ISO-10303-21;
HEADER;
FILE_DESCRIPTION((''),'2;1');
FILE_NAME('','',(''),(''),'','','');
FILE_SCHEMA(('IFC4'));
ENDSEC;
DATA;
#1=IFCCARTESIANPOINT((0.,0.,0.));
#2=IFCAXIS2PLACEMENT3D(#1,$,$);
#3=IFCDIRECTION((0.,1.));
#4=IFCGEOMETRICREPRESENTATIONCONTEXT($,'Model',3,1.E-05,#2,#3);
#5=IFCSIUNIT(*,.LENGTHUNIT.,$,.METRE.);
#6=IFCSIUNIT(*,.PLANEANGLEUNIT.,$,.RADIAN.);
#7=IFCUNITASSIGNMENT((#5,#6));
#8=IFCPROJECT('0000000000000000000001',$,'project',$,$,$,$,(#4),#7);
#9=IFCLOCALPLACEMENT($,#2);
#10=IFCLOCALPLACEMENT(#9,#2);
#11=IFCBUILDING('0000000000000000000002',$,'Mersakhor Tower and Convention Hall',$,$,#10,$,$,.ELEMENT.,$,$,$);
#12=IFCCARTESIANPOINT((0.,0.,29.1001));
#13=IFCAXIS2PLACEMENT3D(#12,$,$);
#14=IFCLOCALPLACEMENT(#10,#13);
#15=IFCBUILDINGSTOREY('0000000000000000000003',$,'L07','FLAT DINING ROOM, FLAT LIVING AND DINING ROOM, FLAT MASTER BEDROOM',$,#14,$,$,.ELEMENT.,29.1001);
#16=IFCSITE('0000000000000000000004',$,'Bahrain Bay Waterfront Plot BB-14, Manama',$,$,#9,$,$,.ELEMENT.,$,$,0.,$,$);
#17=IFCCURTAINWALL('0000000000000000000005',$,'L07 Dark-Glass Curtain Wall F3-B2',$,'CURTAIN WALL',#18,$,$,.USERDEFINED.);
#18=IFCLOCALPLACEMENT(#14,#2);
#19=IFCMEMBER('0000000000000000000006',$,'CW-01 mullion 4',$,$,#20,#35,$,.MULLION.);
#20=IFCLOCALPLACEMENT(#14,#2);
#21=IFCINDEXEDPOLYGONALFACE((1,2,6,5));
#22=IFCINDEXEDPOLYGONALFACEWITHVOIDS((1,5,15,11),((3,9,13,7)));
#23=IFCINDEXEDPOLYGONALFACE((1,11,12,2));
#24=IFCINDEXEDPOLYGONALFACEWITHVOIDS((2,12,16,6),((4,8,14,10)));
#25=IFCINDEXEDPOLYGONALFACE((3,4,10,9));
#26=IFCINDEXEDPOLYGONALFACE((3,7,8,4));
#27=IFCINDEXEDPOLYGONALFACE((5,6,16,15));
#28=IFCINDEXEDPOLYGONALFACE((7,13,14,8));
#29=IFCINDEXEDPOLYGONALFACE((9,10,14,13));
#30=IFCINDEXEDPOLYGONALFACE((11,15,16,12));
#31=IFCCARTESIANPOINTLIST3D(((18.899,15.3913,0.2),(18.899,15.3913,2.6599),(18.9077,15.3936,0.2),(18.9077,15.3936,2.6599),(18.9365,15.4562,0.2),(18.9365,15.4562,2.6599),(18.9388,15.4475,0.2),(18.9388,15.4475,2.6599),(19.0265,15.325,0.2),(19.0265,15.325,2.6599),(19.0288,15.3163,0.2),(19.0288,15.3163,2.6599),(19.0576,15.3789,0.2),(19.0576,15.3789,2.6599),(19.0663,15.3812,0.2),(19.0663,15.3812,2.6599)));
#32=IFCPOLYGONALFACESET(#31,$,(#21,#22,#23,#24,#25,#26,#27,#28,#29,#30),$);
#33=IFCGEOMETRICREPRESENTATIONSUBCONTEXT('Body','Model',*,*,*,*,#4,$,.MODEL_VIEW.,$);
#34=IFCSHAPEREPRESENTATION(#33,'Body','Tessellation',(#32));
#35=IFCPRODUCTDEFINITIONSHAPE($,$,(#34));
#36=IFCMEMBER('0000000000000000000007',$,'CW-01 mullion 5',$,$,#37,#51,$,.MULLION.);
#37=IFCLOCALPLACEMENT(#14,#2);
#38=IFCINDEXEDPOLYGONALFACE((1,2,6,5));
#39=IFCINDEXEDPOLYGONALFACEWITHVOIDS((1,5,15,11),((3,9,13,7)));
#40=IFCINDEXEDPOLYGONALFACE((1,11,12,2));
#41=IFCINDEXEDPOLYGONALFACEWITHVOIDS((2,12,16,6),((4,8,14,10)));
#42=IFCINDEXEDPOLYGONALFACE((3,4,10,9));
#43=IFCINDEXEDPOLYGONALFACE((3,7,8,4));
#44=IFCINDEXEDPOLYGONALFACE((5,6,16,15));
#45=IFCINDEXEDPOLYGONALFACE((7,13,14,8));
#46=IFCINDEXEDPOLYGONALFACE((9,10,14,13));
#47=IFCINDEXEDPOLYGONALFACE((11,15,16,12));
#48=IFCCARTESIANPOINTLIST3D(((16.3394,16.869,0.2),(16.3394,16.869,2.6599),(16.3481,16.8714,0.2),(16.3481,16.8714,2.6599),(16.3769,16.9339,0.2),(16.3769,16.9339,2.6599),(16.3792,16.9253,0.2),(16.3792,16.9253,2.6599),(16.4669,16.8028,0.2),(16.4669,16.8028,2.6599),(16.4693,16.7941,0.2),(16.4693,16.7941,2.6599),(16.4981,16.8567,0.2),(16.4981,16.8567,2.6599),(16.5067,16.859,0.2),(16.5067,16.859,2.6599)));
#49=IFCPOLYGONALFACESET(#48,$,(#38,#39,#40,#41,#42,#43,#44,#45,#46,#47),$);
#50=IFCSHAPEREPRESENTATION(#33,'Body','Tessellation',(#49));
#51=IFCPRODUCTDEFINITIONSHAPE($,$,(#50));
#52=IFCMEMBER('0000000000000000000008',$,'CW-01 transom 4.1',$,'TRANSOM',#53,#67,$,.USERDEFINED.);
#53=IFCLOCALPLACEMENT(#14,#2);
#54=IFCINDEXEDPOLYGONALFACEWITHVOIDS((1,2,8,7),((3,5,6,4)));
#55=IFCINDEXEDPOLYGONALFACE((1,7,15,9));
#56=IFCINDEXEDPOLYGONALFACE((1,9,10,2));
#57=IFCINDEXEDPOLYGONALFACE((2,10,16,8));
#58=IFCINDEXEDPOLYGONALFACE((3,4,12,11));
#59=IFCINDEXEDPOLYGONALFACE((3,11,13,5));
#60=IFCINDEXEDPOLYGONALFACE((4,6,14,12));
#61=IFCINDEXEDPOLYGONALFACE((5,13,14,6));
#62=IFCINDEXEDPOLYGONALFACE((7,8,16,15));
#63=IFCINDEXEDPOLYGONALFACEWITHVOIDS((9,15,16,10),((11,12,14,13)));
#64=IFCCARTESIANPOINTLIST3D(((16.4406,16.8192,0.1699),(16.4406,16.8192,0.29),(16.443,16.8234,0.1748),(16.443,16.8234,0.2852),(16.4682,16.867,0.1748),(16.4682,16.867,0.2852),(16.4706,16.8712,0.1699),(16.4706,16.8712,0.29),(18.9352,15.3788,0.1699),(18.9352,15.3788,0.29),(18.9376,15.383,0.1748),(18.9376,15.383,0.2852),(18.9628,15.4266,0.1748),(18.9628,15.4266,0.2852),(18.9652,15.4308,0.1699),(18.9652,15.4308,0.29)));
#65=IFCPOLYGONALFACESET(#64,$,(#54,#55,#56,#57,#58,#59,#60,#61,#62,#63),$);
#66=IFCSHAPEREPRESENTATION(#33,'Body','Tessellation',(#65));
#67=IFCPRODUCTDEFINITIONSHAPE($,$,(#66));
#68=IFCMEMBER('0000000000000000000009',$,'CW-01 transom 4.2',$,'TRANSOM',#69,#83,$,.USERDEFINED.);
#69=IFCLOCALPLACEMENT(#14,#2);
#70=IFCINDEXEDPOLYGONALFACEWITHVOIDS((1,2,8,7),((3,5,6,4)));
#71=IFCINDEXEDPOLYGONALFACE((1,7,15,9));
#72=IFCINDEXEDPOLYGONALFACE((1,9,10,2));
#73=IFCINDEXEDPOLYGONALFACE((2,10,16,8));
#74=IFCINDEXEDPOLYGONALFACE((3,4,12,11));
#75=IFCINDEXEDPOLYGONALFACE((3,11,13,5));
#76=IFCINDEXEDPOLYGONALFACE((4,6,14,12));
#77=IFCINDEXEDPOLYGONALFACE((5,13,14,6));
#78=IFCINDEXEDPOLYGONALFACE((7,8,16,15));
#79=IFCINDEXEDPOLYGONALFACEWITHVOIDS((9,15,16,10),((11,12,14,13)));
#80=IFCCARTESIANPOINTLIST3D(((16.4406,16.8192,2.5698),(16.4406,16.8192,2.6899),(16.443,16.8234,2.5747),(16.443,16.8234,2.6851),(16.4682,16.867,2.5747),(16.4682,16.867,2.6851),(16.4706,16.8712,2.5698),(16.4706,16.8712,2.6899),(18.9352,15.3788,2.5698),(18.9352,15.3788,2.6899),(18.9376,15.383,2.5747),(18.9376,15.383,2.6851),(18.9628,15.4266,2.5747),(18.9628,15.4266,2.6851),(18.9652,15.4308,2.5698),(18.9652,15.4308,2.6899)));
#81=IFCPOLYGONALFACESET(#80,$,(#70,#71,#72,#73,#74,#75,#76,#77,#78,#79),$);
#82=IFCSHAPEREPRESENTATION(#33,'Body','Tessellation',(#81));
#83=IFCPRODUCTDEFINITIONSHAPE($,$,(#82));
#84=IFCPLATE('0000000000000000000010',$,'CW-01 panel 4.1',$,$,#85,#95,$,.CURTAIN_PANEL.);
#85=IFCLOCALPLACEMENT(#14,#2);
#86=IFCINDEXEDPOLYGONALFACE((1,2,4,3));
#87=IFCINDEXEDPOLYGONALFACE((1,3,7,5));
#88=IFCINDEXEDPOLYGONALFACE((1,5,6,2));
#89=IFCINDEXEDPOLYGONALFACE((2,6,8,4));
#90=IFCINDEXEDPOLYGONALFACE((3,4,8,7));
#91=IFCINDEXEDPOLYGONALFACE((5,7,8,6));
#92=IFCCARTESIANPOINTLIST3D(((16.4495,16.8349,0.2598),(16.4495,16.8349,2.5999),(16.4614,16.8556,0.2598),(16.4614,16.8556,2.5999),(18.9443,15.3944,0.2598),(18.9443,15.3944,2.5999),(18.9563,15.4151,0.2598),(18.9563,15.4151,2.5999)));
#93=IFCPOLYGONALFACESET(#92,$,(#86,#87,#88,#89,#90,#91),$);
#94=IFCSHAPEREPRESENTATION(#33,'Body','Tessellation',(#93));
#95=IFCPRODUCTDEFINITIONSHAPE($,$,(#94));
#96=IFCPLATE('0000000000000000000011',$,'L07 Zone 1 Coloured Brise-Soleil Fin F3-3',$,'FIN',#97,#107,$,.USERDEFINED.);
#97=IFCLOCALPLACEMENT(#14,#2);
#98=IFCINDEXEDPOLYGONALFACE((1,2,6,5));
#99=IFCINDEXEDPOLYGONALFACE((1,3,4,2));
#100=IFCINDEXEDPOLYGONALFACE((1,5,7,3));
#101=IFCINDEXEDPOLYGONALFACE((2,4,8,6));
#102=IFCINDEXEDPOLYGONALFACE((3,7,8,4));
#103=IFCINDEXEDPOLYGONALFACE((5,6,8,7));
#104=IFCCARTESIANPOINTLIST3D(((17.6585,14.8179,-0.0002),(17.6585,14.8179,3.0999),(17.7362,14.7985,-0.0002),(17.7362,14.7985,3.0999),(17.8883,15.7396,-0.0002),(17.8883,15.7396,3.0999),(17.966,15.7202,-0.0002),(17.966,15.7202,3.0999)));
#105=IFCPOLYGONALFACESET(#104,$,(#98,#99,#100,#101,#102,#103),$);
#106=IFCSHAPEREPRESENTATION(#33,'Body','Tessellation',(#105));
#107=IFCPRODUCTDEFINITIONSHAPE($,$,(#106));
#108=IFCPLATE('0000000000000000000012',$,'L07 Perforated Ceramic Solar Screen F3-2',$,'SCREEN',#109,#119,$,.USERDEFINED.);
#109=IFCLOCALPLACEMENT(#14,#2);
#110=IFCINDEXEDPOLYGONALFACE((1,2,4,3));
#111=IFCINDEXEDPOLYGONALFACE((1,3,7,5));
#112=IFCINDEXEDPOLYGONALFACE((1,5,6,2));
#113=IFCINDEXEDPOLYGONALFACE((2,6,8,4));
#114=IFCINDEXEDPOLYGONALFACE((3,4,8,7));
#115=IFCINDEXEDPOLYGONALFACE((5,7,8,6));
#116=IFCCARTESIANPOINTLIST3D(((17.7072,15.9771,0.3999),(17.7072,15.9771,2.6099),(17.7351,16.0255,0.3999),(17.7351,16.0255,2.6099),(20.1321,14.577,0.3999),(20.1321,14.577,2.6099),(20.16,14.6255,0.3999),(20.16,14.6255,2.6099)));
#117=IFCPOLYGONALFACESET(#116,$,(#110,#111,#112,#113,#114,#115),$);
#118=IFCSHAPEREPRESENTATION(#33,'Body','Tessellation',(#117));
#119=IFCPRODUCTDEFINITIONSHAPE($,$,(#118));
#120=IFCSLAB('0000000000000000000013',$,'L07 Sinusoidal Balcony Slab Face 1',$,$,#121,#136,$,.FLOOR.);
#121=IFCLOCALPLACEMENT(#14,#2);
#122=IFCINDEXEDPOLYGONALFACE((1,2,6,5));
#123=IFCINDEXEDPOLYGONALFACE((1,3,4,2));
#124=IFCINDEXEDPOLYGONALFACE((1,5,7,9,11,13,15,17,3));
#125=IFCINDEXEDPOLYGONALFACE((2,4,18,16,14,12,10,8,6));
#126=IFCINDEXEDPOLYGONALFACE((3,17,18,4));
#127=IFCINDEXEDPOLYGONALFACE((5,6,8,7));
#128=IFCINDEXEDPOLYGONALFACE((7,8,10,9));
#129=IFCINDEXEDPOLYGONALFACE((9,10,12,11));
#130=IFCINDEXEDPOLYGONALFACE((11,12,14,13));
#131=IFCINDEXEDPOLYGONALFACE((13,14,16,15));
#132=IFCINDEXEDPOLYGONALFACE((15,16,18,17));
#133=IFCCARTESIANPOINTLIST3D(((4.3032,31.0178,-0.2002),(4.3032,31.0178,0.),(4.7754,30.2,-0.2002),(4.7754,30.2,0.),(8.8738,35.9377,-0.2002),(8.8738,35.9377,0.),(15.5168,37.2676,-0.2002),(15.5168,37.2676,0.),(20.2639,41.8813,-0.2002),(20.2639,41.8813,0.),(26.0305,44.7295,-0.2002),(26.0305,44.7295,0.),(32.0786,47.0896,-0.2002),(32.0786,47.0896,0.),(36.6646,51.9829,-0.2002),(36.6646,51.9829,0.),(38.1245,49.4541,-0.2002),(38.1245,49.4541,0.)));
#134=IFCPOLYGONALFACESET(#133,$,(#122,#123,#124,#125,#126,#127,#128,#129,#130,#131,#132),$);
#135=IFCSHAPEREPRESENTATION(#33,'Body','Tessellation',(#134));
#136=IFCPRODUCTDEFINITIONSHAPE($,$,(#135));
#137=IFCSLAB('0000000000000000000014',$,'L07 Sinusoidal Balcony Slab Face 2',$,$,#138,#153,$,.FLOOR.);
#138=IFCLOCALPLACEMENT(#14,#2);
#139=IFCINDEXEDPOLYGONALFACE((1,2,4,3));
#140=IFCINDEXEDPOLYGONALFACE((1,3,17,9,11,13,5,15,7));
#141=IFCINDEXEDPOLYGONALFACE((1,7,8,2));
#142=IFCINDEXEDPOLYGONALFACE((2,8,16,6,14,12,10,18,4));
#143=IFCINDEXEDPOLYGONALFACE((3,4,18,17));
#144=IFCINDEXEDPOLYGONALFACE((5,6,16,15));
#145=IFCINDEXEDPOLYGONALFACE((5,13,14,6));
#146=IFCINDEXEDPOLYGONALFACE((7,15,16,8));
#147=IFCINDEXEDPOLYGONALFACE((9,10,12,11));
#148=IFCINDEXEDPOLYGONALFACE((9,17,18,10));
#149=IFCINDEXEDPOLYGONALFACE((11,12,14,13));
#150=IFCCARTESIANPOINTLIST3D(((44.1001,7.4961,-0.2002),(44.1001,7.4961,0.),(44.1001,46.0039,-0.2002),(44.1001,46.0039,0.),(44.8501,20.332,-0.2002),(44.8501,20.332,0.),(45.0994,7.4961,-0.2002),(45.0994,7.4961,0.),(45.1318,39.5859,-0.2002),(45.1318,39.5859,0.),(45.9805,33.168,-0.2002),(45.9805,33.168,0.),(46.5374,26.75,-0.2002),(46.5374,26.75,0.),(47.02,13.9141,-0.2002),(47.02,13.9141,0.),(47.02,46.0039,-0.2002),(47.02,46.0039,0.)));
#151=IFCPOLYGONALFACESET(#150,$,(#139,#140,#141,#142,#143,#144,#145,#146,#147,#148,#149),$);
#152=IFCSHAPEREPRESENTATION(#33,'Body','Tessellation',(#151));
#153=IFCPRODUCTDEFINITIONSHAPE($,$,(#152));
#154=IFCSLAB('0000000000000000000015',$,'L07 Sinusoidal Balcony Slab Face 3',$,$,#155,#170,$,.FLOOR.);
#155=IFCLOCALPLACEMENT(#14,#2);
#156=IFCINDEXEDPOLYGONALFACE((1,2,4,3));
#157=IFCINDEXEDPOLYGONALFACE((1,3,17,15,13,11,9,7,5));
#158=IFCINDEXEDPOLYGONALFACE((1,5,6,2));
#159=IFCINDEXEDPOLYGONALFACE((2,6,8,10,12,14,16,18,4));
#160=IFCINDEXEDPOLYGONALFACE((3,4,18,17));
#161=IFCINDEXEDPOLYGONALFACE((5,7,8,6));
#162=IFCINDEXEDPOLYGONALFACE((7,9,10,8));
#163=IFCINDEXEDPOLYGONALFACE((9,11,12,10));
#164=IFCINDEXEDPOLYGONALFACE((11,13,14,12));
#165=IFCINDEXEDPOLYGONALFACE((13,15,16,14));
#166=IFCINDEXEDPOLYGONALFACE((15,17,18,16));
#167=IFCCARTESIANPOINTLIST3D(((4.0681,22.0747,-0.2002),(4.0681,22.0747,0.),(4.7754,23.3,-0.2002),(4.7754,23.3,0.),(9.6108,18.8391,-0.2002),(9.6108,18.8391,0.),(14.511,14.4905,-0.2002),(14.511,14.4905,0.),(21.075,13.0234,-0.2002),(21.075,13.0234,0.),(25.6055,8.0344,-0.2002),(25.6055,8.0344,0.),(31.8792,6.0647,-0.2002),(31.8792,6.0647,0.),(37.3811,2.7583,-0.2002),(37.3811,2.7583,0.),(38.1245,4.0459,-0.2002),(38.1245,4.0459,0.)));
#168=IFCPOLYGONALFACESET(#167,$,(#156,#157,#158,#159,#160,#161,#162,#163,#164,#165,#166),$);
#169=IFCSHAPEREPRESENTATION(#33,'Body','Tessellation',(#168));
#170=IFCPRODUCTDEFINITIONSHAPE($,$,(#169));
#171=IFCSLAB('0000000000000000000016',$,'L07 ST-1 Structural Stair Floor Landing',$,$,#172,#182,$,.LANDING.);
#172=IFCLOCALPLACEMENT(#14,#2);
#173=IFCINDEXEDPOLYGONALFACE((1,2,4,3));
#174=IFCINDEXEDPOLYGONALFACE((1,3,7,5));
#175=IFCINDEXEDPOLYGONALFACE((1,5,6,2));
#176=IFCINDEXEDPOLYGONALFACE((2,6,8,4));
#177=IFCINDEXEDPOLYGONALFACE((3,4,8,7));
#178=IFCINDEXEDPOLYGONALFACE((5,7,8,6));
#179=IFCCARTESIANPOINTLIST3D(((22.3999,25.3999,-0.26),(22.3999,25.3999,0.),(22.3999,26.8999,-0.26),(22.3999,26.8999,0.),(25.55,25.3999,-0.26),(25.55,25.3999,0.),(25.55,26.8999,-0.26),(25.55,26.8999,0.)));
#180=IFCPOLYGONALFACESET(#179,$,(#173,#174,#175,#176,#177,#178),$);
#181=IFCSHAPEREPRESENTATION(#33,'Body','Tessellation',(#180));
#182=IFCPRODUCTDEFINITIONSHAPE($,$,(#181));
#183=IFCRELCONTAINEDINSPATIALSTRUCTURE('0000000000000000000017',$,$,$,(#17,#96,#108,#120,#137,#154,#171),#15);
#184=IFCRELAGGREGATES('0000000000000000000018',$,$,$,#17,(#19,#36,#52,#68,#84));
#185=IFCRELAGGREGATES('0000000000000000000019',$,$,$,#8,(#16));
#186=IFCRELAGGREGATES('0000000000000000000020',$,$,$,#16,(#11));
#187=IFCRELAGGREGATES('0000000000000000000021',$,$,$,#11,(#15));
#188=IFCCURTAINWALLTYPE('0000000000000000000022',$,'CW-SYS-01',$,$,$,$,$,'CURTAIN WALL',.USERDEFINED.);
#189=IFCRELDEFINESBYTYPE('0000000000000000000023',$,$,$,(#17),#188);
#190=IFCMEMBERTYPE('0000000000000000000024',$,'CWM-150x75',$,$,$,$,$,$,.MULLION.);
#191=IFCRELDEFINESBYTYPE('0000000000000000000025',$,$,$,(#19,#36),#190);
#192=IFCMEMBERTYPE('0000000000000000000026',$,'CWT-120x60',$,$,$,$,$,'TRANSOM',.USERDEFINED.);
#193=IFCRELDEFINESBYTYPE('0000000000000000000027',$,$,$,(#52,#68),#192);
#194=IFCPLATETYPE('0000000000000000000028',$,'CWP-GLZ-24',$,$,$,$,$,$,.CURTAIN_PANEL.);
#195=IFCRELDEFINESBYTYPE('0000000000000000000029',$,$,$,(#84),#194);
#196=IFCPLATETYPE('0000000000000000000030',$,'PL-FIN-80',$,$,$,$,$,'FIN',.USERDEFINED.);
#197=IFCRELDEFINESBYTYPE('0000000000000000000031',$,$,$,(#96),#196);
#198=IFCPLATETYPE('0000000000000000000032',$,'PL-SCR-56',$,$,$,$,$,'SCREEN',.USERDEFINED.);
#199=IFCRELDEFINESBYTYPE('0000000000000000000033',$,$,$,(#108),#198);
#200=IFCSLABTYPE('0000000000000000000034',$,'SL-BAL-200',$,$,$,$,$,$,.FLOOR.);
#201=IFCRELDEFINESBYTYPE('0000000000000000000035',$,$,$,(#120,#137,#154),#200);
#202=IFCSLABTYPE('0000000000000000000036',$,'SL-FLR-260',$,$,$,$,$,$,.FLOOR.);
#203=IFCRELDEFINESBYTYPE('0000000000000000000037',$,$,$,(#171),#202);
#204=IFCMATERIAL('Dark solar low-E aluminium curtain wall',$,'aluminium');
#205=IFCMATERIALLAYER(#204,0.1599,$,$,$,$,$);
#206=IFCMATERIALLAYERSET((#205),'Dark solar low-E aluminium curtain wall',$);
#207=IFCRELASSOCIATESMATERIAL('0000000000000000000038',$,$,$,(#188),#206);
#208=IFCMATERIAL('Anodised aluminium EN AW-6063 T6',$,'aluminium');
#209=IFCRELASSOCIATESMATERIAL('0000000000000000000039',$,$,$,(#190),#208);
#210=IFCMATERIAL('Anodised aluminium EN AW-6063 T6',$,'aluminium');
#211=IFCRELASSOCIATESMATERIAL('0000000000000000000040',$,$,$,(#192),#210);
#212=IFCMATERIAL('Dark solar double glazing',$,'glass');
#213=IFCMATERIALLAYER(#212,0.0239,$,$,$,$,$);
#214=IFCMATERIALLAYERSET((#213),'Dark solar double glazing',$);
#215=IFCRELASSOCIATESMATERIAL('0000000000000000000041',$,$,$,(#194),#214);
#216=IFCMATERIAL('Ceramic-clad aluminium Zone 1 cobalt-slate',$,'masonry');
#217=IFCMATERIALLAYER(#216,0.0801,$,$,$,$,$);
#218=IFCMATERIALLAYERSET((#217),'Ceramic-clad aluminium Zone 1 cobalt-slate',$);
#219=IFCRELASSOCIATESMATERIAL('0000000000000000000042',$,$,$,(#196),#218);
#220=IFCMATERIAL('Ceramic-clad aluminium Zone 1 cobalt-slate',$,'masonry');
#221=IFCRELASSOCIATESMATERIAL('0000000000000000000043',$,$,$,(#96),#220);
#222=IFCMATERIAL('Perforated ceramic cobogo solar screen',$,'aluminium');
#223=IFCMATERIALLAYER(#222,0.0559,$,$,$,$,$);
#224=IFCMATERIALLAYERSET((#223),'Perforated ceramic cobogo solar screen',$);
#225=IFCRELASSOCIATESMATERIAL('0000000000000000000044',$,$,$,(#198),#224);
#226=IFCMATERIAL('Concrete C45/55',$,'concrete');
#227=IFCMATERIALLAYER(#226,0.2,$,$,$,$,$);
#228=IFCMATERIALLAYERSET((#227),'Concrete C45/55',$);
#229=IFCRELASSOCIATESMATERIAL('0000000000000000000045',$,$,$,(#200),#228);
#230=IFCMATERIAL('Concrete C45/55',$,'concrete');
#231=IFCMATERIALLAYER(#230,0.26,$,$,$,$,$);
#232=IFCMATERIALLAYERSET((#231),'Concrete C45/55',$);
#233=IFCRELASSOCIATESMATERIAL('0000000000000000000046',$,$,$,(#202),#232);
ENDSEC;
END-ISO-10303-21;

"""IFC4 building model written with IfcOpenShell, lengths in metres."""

from ifc_helpers import new_model, si_unit, direction, frame, origin, origin_2d, place, context, subcontext, project, spatial, polyline, rectangle, hollow_rectangle, outline, extrude, material, layer, layer_set, material_profile, profile_set, type_object, element, aggregate, save


model = new_model("IFC4")

# Units and contexts
model_context = context("Model", 3, precision=1e-05, world=origin(), true_north=direction((0.0, 1.0)))
body_context = subcontext(model_context, "Body", "Model", "MODEL_VIEW")
ifc_project = project(units=[si_unit("LENGTHUNIT", "METRE"), si_unit("PLANEANGLEUNIT", "RADIAN")], contexts=[model_context])

# Site, building, storey
site_placement = place(None, origin())
site = spatial("IfcSite", under=ifc_project, at=site_placement, Name="Bahrain Bay Waterfront Plot BB-14, Manama", CompositionType="ELEMENT", RefElevation=0.0)
building_placement = place(site_placement, origin())
building = spatial("IfcBuilding", under=site, at=building_placement, Name="Mersakhor Tower and Convention Hall", CompositionType="ELEMENT")
storey_placement = place(building_placement, frame((0.0, 0.0, 29.1001)))
storey = spatial("IfcBuildingStorey", under=building, at=storey_placement, Name="L07", Description="FLAT DINING ROOM, FLAT LIVING AND DINING ROOM, FLAT MASTER BEDROOM", CompositionType="ELEMENT", Elevation=29.1001)

# Curtain wall, members, plate
ifc_material_1 = material(Name="Dark solar low-E aluminium curtain wall", Category="aluminium")
ifc_layer_1 = layer(ifc_material_1, 0.1599)
ifc_layer_set_1 = layer_set([ifc_layer_1], Name="Dark solar low-E aluminium curtain wall")
curtain_wall_type = type_object("IfcCurtainWallType", Name="CW-SYS-01", ElementType="CURTAIN WALL", PredefinedType="USERDEFINED", material=ifc_layer_set_1)
curtain_wall_placement = place(storey_placement, origin())
curtain_wall = element("IfcCurtainWall", 1, at=curtain_wall_placement, inside=storey, type_object=curtain_wall_type, Name="L07 Dark-Glass Curtain Wall F3-B2", ObjectType="CURTAIN WALL", PredefinedType="USERDEFINED")
ifc_material_2 = material(Name="Anodised aluminium EN AW-6063 T6", Category="aluminium")
ifc_material_profile_1 = material_profile(ifc_material_2, hollow_rectangle(XDim=0.075, YDim=0.1499, WallThickness=0.0063, at=origin_2d()), Name="RHS 150x75x6.3")
ifc_profile_set_1 = profile_set([ifc_material_profile_1], Name="Anodised aluminium EN AW-6063 T6")
member_type_1 = type_object("IfcMemberType", Name="CWM-150x75", PredefinedType="MULLION", material=ifc_profile_set_1)
member_1_placement = place(storey_placement, frame((18.9827, 15.3862, 0.2), z_axis=(0.0, 0.0, 1.0), x_axis=(-0.500003, -0.866023, 0.0)))
member_1 = element("IfcMember", 2, at=member_1_placement, type_object=member_type_1, Name="CW-01 mullion 4", PredefinedType="MULLION", context=body_context, shape_type="SweptSolid", body=[
    extrude(hollow_rectangle(XDim=0.075, YDim=0.1499, WallThickness=0.0063, at=origin_2d()), origin(), (0.0, 0.0, 1.0), 2.46),
])
member_2_placement = place(storey_placement, frame((16.4231, 16.864, 0.2), z_axis=(0.0, 0.0, 1.0), x_axis=(-0.500003, -0.866023, 0.0)))
member_2 = element("IfcMember", 3, at=member_2_placement, type_object=member_type_1, Name="CW-01 mullion 5", PredefinedType="MULLION", context=body_context, shape_type="SweptSolid", body=[
    extrude(hollow_rectangle(XDim=0.075, YDim=0.1499, WallThickness=0.0063, at=origin_2d()), origin(), (0.0, 0.0, 1.0), 2.46),
])
ifc_material_3 = material(Name="Anodised aluminium EN AW-6063 T6", Category="aluminium")
ifc_material_profile_2 = material_profile(ifc_material_3, hollow_rectangle(XDim=0.0601, YDim=0.1201, WallThickness=0.0049, at=origin_2d()), Name="RHS 120x60x5")
ifc_profile_set_2 = profile_set([ifc_material_profile_2], Name="Anodised aluminium EN AW-6063 T6")
member_type_2 = type_object("IfcMemberType", Name="CWT-120x60", ElementType="TRANSOM", PredefinedType="USERDEFINED", material=ifc_profile_set_2)
member_3_placement = place(storey_placement, frame((18.9502, 15.4048, 0.23), z_axis=(-0.866002, 0.50004, 0.0), x_axis=(-0.50004, -0.866002, 0.0)))
member_3 = element("IfcMember", 4, at=member_3_placement, type_object=member_type_2, Name="CW-01 transom 4.1", ObjectType="TRANSOM", PredefinedType="USERDEFINED", context=body_context, shape_type="SweptSolid", body=[
    extrude(hollow_rectangle(XDim=0.0601, YDim=0.1201, WallThickness=0.0049, at=origin_2d()), origin(), (0.0, 0.0, 1.0), 2.8806),
])
member_4_placement = place(storey_placement, frame((18.9502, 15.4048, 2.6299), z_axis=(-0.866002, 0.50004, 0.0), x_axis=(-0.50004, -0.866002, 0.0)))
member_4 = element("IfcMember", 5, at=member_4_placement, type_object=member_type_2, Name="CW-01 transom 4.2", ObjectType="TRANSOM", PredefinedType="USERDEFINED", context=body_context, shape_type="SweptSolid", body=[
    extrude(hollow_rectangle(XDim=0.0601, YDim=0.1201, WallThickness=0.0049, at=origin_2d()), origin(), (0.0, 0.0, 1.0), 2.8806),
])
ifc_material_4 = material(Name="Dark solar double glazing", Category="glass")
ifc_layer_2 = layer(ifc_material_4, 0.0239)
ifc_layer_set_2 = layer_set([ifc_layer_2], Name="Dark solar double glazing")
plate_type_1 = type_object("IfcPlateType", Name="CWP-GLZ-24", PredefinedType="CURTAIN_PANEL", material=ifc_layer_set_2)
plate_1_placement = place(storey_placement, frame((17.7029, 16.125, 0.2598), z_axis=(0.0, 0.0, 1.0), x_axis=(-0.866023, 0.500003, 0.0)))
plate_1 = element("IfcPlate", 6, at=plate_1_placement, type_object=plate_type_1, Name="CW-01 panel 4.1", PredefinedType="CURTAIN_PANEL", context=body_context, shape_type="SweptSolid", body=[
    extrude(rectangle(XDim=2.8809, YDim=0.0239, at=origin_2d()), origin(), (0.0, 0.0, 1.0), 2.3401),
])
aggregate(curtain_wall, [member_1, member_2, member_3, member_4, plate_1])

# Plates
ifc_material_5 = material(Name="Ceramic-clad aluminium Zone 1 cobalt-slate", Category="masonry")
ifc_material_6 = material(Name="Ceramic-clad aluminium Zone 1 cobalt-slate", Category="masonry")
ifc_layer_3 = layer(ifc_material_6, 0.0801)
ifc_layer_set_3 = layer_set([ifc_layer_3], Name="Ceramic-clad aluminium Zone 1 cobalt-slate")
plate_type_2 = type_object("IfcPlateType", Name="PL-FIN-80", ElementType="FIN", PredefinedType="USERDEFINED", material=ifc_layer_set_3)
plate_2_placement = place(storey_placement, frame((17.8123, 15.269, -0.0002), z_axis=(0.0, 0.0, 1.0), x_axis=(-0.241922, -0.970296, 0.0)))
element("IfcPlate", 7, at=plate_2_placement, inside=storey, type_object=plate_type_2, material=ifc_material_5, Name="L07 Zone 1 Coloured Brise-Soleil Fin F3-3", ObjectType="FIN", PredefinedType="USERDEFINED", context=body_context, shape_type="SweptSolid", body=[
    extrude(rectangle(XDim=0.95, YDim=0.0801, at=origin_2d()), origin(), (0.0, 0.0, 1.0), 3.1001),
])
ifc_material_7 = material(Name="Perforated ceramic cobogo solar screen", Category="aluminium")
ifc_layer_4 = layer(ifc_material_7, 0.0559)
ifc_layer_set_4 = layer_set([ifc_layer_4], Name="Perforated ceramic cobogo solar screen")
plate_type_3 = type_object("IfcPlateType", Name="PL-SCR-56", ElementType="SCREEN", PredefinedType="USERDEFINED", material=ifc_layer_set_4)
plate_3_placement = place(storey_placement, frame((18.9336, 15.3013, 0.3999), z_axis=(0.0, 0.0, 1.0), x_axis=(-0.866025, 0.5, 0.0)))
element("IfcPlate", 8, at=plate_3_placement, inside=storey, type_object=plate_type_3, Name="L07 Perforated Ceramic Solar Screen F3-2", ObjectType="SCREEN", PredefinedType="USERDEFINED", context=body_context, shape_type="SweptSolid", body=[
    extrude(rectangle(XDim=2.8, YDim=0.0559, at=origin_2d()), origin(), (0.0, 0.0, 1.0), 2.21),
])

# Slabs
ifc_material_8 = material(Name="Concrete C45/55", Category="concrete")
ifc_layer_5 = layer(ifc_material_8, 0.2)
ifc_layer_set_5 = layer_set([ifc_layer_5], Name="Concrete C45/55")
slab_type_1 = type_object("IfcSlabType", Name="SL-BAL-200", PredefinedType="FLOOR", material=ifc_layer_set_5)
slab_1_placement = place(storey_placement, frame((0.0, 0.0, -0.2002)))
element("IfcSlab", 9, at=slab_1_placement, inside=storey, type_object=slab_type_1, Name="L07 Sinusoidal Balcony Slab Face 1", PredefinedType="FLOOR", context=body_context, shape_type="SweptSolid", body=[
    extrude(outline(polyline([(4.7754, 30.2), (38.1245, 49.4541), (36.6646, 51.9829), (32.0786, 47.0896), (26.0305, 44.7295), (20.2639, 41.8813), (15.5168, 37.2676), (8.8738, 35.9377), (4.3032, 31.0178), (4.7754, 30.2)])), origin(), (0.0, 0.0, 1.0), 0.2002),
])
slab_2_placement = place(storey_placement, frame((0.0, 0.0, -0.2002)))
element("IfcSlab", 10, at=slab_2_placement, inside=storey, type_object=slab_type_1, Name="L07 Sinusoidal Balcony Slab Face 2", PredefinedType="FLOOR", context=body_context, shape_type="SweptSolid", body=[
    extrude(outline(polyline([(44.1001, 46.0039), (44.1001, 7.4961), (45.0994, 7.4961), (47.02, 13.9141), (44.8501, 20.332), (46.5374, 26.75), (45.9805, 33.168), (45.1318, 39.5859), (47.02, 46.0039), (44.1001, 46.0039)])), origin(), (0.0, 0.0, 1.0), 0.2002),
])
slab_3_placement = place(storey_placement, frame((0.0, 0.0, -0.2002)))
element("IfcSlab", 11, at=slab_3_placement, inside=storey, type_object=slab_type_1, Name="L07 Sinusoidal Balcony Slab Face 3", PredefinedType="FLOOR", context=body_context, shape_type="SweptSolid", body=[
    extrude(outline(polyline([(38.1245, 4.0459), (4.7754, 23.3), (4.0681, 22.0747), (9.6108, 18.8391), (14.511, 14.4905), (21.075, 13.0234), (25.6055, 8.0344), (31.8792, 6.0647), (37.3811, 2.7583), (38.1245, 4.0459)])), origin(), (0.0, 0.0, 1.0), 0.2002),
])
ifc_material_9 = material(Name="Concrete C45/55", Category="concrete")
ifc_layer_6 = layer(ifc_material_9, 0.26)
ifc_layer_set_6 = layer_set([ifc_layer_6], Name="Concrete C45/55")
slab_type_2 = type_object("IfcSlabType", Name="SL-FLR-260", PredefinedType="FLOOR", material=ifc_layer_set_6)
slab_4_placement = place(storey_placement, frame((0.0, 0.0, -0.26)))
element("IfcSlab", 12, at=slab_4_placement, inside=storey, type_object=slab_type_2, Name="L07 ST-1 Structural Stair Floor Landing", PredefinedType="LANDING", context=body_context, shape_type="SweptSolid", body=[
    extrude(outline(polyline([(25.55, 25.3999), (25.55, 26.8999), (22.3999, 26.8999), (22.3999, 25.3999), (25.55, 25.3999)])), origin(), (0.0, 0.0, 1.0), 0.26),
])

save(model, "model.ifc")
